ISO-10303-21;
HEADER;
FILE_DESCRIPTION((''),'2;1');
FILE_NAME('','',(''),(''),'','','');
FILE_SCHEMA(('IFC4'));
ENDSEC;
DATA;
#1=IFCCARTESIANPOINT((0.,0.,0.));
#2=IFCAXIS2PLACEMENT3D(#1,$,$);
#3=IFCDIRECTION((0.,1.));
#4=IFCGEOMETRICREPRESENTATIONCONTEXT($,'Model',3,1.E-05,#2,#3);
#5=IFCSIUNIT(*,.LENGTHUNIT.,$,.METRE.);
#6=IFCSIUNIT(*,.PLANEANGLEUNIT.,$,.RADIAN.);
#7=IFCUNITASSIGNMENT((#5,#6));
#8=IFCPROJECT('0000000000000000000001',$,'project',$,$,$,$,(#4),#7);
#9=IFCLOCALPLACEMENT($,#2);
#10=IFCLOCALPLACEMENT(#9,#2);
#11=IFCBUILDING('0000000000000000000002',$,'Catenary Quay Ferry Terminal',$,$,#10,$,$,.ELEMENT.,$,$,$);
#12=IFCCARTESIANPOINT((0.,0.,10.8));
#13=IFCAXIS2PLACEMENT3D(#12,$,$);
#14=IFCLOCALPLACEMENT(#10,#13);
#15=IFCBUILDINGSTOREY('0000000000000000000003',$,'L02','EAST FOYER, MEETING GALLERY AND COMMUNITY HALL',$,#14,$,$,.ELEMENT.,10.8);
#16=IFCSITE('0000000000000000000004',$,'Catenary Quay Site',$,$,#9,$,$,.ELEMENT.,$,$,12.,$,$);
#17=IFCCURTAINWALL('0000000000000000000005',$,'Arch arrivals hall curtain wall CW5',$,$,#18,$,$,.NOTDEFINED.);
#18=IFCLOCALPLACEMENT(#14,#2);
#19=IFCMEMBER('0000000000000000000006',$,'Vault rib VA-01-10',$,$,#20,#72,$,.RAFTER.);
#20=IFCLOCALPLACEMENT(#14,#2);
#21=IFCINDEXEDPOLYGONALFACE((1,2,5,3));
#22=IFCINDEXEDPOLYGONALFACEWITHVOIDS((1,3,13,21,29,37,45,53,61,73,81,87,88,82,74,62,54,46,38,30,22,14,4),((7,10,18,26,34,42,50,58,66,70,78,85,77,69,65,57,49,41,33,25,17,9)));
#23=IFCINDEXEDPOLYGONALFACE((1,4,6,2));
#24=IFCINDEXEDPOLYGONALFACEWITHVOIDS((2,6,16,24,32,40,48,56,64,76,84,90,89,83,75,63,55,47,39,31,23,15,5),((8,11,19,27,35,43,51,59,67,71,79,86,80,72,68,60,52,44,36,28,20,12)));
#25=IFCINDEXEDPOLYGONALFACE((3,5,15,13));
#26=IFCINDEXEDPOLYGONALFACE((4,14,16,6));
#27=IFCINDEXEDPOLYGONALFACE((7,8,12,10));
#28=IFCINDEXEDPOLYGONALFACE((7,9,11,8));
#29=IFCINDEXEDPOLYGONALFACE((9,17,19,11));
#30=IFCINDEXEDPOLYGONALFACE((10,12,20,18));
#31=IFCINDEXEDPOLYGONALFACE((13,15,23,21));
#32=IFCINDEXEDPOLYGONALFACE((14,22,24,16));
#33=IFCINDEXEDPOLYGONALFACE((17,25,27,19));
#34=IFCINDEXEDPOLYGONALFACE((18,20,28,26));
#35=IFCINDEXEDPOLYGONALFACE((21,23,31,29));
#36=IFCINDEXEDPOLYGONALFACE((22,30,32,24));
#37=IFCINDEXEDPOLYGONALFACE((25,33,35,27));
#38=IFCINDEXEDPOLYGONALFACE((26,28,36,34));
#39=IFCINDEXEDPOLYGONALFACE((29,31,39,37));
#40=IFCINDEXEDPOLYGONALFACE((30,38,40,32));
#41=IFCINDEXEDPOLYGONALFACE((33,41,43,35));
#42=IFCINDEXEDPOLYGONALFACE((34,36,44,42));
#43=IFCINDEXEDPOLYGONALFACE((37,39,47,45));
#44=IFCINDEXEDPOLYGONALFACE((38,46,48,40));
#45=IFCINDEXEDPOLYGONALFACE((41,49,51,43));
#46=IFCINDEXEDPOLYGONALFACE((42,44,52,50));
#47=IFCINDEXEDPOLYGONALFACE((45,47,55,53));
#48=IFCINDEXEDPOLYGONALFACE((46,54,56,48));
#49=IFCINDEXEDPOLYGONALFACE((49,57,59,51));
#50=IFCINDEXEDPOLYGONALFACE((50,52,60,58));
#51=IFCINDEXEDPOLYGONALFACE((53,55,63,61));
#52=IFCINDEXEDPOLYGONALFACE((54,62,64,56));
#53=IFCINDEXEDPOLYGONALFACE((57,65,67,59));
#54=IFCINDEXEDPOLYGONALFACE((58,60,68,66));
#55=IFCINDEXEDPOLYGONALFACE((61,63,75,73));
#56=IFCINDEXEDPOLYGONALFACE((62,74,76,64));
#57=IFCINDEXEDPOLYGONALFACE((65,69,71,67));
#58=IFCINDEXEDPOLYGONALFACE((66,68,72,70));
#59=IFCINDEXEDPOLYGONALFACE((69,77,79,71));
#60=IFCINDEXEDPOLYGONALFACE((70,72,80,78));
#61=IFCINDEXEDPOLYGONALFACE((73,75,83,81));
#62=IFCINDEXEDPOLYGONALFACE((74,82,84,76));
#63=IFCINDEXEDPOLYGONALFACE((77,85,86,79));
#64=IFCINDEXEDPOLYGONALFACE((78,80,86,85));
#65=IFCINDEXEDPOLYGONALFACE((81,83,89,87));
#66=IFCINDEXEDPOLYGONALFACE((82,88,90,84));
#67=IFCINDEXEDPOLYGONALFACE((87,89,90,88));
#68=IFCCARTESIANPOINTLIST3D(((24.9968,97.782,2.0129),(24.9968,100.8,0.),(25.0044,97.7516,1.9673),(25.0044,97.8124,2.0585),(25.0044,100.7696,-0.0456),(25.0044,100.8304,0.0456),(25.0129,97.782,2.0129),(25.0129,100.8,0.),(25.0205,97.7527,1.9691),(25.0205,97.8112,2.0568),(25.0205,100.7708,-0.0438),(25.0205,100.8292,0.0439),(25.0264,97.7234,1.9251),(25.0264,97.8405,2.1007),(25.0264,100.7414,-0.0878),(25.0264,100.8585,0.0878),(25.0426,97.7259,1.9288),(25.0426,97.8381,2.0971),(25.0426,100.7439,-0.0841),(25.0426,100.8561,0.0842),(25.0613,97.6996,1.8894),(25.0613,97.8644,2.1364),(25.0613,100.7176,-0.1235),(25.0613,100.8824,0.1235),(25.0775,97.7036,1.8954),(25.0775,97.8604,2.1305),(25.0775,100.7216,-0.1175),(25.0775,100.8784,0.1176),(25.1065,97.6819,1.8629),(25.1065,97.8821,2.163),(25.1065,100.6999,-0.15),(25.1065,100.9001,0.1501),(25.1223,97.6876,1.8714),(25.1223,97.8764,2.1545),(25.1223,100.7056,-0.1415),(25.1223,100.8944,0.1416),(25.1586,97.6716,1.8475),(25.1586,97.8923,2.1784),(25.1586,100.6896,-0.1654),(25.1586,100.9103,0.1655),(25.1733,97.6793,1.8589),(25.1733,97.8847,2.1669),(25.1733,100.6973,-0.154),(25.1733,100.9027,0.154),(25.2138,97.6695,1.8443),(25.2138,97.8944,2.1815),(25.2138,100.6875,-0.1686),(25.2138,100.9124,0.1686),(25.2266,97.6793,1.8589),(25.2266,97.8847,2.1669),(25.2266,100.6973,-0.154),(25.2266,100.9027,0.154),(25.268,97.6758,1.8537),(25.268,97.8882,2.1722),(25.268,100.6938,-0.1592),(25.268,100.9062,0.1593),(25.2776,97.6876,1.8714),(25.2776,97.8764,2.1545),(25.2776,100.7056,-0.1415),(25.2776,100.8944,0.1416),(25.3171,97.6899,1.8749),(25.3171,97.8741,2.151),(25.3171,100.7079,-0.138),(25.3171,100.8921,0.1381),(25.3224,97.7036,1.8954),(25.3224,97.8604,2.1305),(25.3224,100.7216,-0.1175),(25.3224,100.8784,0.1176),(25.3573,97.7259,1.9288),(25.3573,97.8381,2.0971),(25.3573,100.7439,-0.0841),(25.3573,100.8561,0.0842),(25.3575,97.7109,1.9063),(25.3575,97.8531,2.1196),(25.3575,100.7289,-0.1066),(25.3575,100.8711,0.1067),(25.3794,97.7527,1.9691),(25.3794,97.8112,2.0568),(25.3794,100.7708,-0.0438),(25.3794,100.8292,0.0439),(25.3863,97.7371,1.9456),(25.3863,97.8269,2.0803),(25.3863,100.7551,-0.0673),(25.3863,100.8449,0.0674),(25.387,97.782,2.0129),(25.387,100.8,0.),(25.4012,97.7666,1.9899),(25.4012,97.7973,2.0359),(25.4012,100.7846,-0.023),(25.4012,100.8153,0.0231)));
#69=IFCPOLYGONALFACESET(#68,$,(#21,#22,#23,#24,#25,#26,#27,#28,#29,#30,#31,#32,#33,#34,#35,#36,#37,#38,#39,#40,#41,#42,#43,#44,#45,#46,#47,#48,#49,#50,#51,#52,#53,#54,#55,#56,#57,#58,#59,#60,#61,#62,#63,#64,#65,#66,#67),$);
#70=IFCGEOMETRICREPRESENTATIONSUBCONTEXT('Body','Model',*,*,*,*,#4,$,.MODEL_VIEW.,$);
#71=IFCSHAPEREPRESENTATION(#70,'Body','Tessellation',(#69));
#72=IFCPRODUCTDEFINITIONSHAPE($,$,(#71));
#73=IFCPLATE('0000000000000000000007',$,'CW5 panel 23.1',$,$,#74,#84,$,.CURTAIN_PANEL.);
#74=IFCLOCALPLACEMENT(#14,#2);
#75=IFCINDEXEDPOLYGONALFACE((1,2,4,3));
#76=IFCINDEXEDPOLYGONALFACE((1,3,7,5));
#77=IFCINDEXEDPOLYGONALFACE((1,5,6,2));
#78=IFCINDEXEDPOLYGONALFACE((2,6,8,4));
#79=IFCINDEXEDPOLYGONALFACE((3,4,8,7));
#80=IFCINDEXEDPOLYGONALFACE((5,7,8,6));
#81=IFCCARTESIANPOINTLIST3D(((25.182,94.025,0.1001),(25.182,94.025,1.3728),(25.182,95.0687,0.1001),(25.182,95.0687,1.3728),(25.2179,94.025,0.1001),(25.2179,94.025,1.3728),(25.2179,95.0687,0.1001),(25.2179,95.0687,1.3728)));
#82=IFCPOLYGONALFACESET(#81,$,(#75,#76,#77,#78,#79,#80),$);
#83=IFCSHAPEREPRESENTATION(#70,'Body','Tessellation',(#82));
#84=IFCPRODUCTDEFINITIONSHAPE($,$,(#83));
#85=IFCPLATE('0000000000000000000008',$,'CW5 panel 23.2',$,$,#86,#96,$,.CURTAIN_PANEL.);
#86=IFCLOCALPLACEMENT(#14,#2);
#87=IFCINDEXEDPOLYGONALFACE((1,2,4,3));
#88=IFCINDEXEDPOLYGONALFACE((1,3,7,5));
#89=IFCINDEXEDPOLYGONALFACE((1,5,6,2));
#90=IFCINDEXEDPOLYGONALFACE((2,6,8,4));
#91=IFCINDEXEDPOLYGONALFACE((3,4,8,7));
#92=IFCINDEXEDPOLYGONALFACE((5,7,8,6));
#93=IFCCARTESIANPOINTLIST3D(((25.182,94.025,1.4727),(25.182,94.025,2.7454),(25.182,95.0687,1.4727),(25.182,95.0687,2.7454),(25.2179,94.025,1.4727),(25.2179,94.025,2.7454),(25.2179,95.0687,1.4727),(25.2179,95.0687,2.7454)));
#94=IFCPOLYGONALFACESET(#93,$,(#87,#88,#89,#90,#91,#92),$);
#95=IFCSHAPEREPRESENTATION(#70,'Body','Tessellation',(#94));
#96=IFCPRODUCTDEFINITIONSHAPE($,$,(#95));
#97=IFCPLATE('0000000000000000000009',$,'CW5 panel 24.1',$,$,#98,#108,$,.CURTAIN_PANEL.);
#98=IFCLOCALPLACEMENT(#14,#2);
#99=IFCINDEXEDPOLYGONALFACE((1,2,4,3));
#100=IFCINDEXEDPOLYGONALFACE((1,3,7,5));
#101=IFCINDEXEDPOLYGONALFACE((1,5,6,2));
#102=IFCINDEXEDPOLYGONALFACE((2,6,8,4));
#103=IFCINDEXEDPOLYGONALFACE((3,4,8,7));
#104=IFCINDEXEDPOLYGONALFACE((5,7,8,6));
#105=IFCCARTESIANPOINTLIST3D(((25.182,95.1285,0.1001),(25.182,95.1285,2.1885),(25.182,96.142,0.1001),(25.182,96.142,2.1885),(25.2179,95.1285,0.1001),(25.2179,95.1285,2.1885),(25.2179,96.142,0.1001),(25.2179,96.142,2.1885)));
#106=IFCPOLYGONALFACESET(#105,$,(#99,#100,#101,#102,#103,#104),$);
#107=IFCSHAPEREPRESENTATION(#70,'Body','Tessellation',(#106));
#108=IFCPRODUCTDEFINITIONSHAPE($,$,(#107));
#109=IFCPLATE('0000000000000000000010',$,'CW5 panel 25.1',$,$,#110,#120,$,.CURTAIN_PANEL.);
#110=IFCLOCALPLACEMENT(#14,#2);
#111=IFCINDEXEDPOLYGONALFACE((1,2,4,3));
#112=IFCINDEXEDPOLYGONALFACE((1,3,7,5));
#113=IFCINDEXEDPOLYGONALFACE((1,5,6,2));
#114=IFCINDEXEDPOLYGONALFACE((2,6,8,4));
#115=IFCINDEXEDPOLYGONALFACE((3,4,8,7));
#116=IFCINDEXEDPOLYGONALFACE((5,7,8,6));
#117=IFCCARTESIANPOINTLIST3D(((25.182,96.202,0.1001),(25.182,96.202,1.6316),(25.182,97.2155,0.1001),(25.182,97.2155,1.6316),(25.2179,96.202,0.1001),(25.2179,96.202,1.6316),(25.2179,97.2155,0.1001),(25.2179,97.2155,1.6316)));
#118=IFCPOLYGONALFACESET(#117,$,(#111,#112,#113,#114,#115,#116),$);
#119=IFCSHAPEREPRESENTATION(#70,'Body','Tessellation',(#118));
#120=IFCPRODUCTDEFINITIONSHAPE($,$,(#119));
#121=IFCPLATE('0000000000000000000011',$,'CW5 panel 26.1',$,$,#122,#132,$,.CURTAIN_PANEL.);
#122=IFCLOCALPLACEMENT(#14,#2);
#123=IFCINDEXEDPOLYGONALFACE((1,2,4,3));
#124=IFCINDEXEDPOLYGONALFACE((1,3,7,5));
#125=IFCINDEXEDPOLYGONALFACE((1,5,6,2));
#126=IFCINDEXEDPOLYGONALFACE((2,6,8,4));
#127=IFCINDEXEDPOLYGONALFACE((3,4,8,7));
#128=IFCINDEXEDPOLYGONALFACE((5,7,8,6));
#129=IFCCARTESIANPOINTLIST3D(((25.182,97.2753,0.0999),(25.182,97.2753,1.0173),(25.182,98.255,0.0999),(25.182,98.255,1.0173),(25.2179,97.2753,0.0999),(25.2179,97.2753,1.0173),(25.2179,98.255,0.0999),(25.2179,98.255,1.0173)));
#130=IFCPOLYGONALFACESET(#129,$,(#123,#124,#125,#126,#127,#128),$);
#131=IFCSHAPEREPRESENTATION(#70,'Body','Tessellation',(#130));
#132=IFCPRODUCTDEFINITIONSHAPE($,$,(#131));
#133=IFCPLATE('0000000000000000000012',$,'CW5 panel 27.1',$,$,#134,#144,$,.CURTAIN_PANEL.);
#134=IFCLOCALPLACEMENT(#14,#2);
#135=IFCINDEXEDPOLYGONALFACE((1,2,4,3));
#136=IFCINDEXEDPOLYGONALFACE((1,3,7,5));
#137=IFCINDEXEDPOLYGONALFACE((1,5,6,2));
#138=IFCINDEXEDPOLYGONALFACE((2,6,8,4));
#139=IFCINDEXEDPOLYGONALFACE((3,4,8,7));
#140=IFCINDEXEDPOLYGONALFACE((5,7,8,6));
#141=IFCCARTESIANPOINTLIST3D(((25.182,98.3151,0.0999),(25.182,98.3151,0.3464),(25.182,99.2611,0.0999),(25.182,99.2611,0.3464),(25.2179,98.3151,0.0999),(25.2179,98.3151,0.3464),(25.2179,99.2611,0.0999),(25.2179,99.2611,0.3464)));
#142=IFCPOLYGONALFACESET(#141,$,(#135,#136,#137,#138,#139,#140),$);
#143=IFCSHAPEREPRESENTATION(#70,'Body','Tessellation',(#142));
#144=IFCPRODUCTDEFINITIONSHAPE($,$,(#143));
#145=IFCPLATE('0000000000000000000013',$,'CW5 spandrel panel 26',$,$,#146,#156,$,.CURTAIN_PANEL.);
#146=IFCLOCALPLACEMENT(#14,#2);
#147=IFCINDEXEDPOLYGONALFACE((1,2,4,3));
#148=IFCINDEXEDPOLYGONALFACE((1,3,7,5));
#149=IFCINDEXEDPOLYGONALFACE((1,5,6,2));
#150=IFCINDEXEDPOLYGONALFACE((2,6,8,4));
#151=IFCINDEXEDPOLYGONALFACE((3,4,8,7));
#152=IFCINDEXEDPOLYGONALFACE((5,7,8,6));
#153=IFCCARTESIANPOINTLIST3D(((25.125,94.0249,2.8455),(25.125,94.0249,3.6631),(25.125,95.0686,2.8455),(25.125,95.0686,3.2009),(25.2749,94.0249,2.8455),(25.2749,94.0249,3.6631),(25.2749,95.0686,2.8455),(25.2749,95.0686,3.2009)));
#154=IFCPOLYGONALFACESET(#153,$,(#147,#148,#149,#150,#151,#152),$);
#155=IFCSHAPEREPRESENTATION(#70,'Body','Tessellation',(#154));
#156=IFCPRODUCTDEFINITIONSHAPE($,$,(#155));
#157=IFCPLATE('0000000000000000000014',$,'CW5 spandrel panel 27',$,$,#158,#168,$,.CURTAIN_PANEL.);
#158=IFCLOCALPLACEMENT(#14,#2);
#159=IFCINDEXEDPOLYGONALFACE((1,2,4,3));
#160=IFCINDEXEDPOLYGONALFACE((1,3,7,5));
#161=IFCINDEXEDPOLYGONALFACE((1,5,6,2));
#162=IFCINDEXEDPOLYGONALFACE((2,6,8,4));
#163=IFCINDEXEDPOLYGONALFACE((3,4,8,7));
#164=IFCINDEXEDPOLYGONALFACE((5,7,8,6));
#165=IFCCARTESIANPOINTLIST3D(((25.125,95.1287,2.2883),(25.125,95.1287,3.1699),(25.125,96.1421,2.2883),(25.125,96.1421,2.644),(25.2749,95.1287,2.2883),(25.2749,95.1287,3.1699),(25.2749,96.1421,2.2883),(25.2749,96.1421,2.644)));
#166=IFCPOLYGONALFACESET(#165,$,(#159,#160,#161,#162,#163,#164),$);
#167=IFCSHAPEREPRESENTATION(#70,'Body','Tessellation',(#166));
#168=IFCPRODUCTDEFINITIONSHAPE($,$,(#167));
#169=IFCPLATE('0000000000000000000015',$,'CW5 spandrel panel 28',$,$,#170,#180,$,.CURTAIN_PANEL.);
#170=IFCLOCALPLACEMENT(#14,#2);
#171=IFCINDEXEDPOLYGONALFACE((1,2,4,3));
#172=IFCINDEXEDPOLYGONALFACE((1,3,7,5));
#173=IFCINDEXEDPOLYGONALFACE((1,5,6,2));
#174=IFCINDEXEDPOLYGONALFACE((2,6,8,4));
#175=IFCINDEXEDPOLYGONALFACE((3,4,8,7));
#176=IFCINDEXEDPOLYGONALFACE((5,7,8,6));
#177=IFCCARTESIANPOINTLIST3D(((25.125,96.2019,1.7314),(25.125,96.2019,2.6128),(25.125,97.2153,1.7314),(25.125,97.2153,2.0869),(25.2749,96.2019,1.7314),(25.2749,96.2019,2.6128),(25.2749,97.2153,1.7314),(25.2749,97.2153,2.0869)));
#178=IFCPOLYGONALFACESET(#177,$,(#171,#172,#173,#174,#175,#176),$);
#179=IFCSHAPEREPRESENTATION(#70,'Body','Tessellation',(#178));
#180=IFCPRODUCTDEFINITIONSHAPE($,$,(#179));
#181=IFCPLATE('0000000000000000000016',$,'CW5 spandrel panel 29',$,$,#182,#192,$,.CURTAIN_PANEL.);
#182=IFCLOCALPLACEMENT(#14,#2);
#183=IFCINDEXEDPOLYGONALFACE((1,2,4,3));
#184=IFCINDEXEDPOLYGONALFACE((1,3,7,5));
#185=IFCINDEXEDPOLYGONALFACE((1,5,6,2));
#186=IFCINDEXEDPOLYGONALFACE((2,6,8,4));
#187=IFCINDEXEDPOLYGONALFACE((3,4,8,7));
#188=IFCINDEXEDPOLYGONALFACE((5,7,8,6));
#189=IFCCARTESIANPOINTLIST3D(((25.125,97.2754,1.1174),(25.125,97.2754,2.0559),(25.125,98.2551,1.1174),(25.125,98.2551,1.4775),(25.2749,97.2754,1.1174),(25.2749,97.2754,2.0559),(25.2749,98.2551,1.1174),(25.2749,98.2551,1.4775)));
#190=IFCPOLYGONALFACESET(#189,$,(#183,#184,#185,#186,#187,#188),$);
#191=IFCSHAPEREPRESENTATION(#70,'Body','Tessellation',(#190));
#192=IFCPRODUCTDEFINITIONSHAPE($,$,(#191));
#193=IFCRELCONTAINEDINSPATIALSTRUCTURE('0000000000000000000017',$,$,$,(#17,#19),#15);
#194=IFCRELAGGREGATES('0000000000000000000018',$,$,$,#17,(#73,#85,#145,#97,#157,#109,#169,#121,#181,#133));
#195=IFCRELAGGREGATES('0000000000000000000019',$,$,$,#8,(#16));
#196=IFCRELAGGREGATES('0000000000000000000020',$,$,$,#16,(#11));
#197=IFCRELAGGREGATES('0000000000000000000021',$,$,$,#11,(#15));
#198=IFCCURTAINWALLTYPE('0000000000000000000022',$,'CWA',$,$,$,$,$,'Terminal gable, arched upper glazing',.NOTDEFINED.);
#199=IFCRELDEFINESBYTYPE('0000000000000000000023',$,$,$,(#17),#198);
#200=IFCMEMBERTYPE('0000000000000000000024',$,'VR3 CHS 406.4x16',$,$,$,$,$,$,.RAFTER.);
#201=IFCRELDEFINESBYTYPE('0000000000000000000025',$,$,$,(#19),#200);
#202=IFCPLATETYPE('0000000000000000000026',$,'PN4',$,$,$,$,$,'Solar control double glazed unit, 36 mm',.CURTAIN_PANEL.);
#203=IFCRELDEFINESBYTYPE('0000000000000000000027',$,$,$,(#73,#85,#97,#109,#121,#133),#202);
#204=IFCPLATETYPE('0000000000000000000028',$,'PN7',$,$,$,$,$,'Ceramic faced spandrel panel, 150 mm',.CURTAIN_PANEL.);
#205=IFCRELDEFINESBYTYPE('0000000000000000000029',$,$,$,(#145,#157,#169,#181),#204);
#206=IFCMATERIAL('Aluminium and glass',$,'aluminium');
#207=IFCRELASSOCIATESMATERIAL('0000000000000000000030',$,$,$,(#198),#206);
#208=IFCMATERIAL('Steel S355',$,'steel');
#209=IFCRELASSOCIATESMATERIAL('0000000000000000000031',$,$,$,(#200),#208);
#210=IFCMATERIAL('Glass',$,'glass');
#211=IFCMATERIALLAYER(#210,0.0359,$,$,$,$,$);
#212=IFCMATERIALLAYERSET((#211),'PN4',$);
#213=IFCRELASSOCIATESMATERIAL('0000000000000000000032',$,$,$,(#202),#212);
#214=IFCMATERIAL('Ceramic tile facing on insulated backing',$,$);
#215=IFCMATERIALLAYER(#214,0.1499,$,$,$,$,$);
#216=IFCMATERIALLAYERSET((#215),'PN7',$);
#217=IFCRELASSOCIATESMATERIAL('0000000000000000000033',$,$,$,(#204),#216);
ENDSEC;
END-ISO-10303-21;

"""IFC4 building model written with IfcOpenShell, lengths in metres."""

from ifc_helpers import new_model, si_unit, direction, frame, origin, origin_2d, place, context, subcontext, project, spatial, polyline, rectangle, hollow_circle, outline, extrude, material, layer, layer_set, material_profile, profile_set, type_object, element, aggregate, save


model = new_model("IFC4")

# Units and contexts
model_context = context("Model", 3, precision=1e-05, world=origin(), true_north=direction((0.0, 1.0)))
body_context = subcontext(model_context, "Body", "Model", "MODEL_VIEW")
ifc_project = project(units=[si_unit("LENGTHUNIT", "METRE"), si_unit("PLANEANGLEUNIT", "RADIAN")], contexts=[model_context])

# Site, building, storey
site_placement = place(None, origin())
site = spatial("IfcSite", under=ifc_project, at=site_placement, Name="Catenary Quay Site", CompositionType="ELEMENT", RefElevation=12.0)
building_placement = place(site_placement, origin())
building = spatial("IfcBuilding", under=site, at=building_placement, Name="Catenary Quay Ferry Terminal", CompositionType="ELEMENT")
storey_placement = place(building_placement, frame((0.0, 0.0, 10.8)))
storey = spatial("IfcBuildingStorey", under=building, at=storey_placement, Name="L02", Description="EAST FOYER, MEETING GALLERY AND COMMUNITY HALL", CompositionType="ELEMENT", Elevation=10.8)

# Curtain wall
ifc_material_1 = material(Name="Aluminium and glass", Category="aluminium")
curtain_wall_type = type_object("IfcCurtainWallType", Name="CWA", ElementType="Terminal gable, arched upper glazing", PredefinedType="NOTDEFINED", material=ifc_material_1)
curtain_wall_placement = place(storey_placement, origin())
curtain_wall = element("IfcCurtainWall", 1, at=curtain_wall_placement, inside=storey, type_object=curtain_wall_type, Name="Arch arrivals hall curtain wall CW5", PredefinedType="NOTDEFINED")

# Member
ifc_material_2 = material(Name="Steel S355", Category="steel")
ifc_material_profile_1 = material_profile(ifc_material_2, hollow_circle(Radius=0.2031, WallThickness=0.0161, at=origin_2d()), Name="CHS 406.4x16")
ifc_profile_set_1 = profile_set([ifc_material_profile_1], Name="Steel S355")
member_type_1 = type_object("IfcMemberType", Name="VR3 CHS 406.4x16", PredefinedType="RAFTER", material=ifc_profile_set_1)
for number, where, z_axis, x_axis, name in (
    (2, (25.2, 97.782, 2.0129), (0.0, 0.831936, -0.554871), (-1.0, 0.0, 0.0), "Vault rib VA-01-10"),
):
    element("IfcMember", number, at=place(storey_placement, frame(where, z_axis=z_axis, x_axis=x_axis)), inside=storey, type_object=member_type_1, Name=name, PredefinedType="RAFTER", context=body_context, shape_type="SweptSolid", body=[
        extrude(hollow_circle(Radius=0.2031, WallThickness=0.0161, at=origin_2d()), origin(), (0.0, 0.0, 1.0), 3.6277),
    ])

# Plates
ifc_material_3 = material(Name="Glass", Category="glass")
ifc_layer_1 = layer(ifc_material_3, 0.0359)
ifc_layer_set_1 = layer_set([ifc_layer_1], Name="PN4")
plate_type_1 = type_object("IfcPlateType", Name="PN4", ElementType="Solar control double glazed unit, 36 mm", PredefinedType="CURTAIN_PANEL", material=ifc_layer_set_1)
plate_1_placement = place(storey_placement, frame((25.2, 94.5469, 0.1001), z_axis=(0.0, 0.0, 1.0), x_axis=(0.0, 1.0, 0.0)))
plate_1 = element("IfcPlate", 3, at=plate_1_placement, type_object=plate_type_1, Name="CW5 panel 23.1", PredefinedType="CURTAIN_PANEL", context=body_context, shape_type="SweptSolid", body=[
    extrude(rectangle(XDim=1.0437, YDim=0.0359, at=origin_2d()), origin(), (0.0, 0.0, 1.0), 1.2727),
])
plate_2_placement = place(storey_placement, frame((25.2, 94.5469, 1.4727), z_axis=(0.0, 0.0, 1.0), x_axis=(0.0, 1.0, 0.0)))
plate_2 = element("IfcPlate", 4, at=plate_2_placement, type_object=plate_type_1, Name="CW5 panel 23.2", PredefinedType="CURTAIN_PANEL", context=body_context, shape_type="SweptSolid", body=[
    extrude(rectangle(XDim=1.0437, YDim=0.0359, at=origin_2d()), origin(), (0.0, 0.0, 1.0), 1.2727),
])
plate_3_placement = place(storey_placement, frame((25.2, 95.6353, 0.1001), z_axis=(0.0, 0.0, 1.0), x_axis=(0.0, 1.0, 0.0)))
plate_3 = element("IfcPlate", 5, at=plate_3_placement, type_object=plate_type_1, Name="CW5 panel 24.1", PredefinedType="CURTAIN_PANEL", context=body_context, shape_type="SweptSolid", body=[
    extrude(rectangle(XDim=1.0134, YDim=0.0359, at=origin_2d()), origin(), (0.0, 0.0, 1.0), 2.0884),
])
plate_4_placement = place(storey_placement, frame((25.2, 96.7087, 0.1001), z_axis=(0.0, 0.0, 1.0), x_axis=(0.0, 1.0, 0.0)))
plate_4 = element("IfcPlate", 6, at=plate_4_placement, type_object=plate_type_1, Name="CW5 panel 25.1", PredefinedType="CURTAIN_PANEL", context=body_context, shape_type="SweptSolid", body=[
    extrude(rectangle(XDim=1.0134, YDim=0.0359, at=origin_2d()), origin(), (0.0, 0.0, 1.0), 1.5315),
])
plate_5_placement = place(storey_placement, frame((25.2, 97.7651, 0.0999), z_axis=(0.0, 0.0, 1.0), x_axis=(0.0, 1.0, 0.0)))
plate_5 = element("IfcPlate", 7, at=plate_5_placement, type_object=plate_type_1, Name="CW5 panel 26.1", PredefinedType="CURTAIN_PANEL", context=body_context, shape_type="SweptSolid", body=[
    extrude(rectangle(XDim=0.9797, YDim=0.0359, at=origin_2d()), origin(), (0.0, 0.0, 1.0), 0.9175),
])
plate_6_placement = place(storey_placement, frame((25.2, 98.7881, 0.0999), z_axis=(0.0, 0.0, 1.0), x_axis=(0.0, 1.0, 0.0)))
plate_6 = element("IfcPlate", 8, at=plate_6_placement, type_object=plate_type_1, Name="CW5 panel 27.1", PredefinedType="CURTAIN_PANEL", context=body_context, shape_type="SweptSolid", body=[
    extrude(rectangle(XDim=0.946, YDim=0.0359, at=origin_2d()), origin(), (0.0, 0.0, 1.0), 0.2466),
])
ifc_material_4 = material(Name="Ceramic tile facing on insulated backing")
ifc_layer_2 = layer(ifc_material_4, 0.1499)
ifc_layer_set_2 = layer_set([ifc_layer_2], Name="PN7")
plate_type_2 = type_object("IfcPlateType", Name="PN7", ElementType="Ceramic faced spandrel panel, 150 mm", PredefinedType="CURTAIN_PANEL", material=ifc_layer_set_2)
plate_7_placement = place(storey_placement, frame((25.2, 94.0249, 2.8455), z_axis=(0.0, 0.0, 1.0), x_axis=(0.0, 1.0, 0.0)))
plate_7 = element("IfcPlate", 9, at=plate_7_placement, type_object=plate_type_2, Name="CW5 spandrel panel 26", PredefinedType="CURTAIN_PANEL", context=body_context, shape_type="SweptSolid", body=[
    extrude(outline(polyline([(0.0, 0.0), (1.0437, 0.0), (1.0437, 0.3555), (0.0, 0.8176), (0.0, 0.0)])), frame((0.0, 0.075, 0.0), z_axis=(0.0, -1.0, 0.0), x_axis=(1.0, 0.0, 0.0)), (0.0, 0.0, 1.0), 0.1499),
])
plate_8_placement = place(storey_placement, frame((25.2, 95.1287, 2.2883), z_axis=(0.0, 0.0, 1.0), x_axis=(0.0, 1.0, 0.0)))
plate_8 = element("IfcPlate", 10, at=plate_8_placement, type_object=plate_type_2, Name="CW5 spandrel panel 27", PredefinedType="CURTAIN_PANEL", context=body_context, shape_type="SweptSolid", body=[
    extrude(outline(polyline([(0.0, 0.0), (1.0134, 0.0), (1.0134, 0.3557), (0.0, 0.8816), (0.0, 0.0)])), frame((0.0, 0.075, 0.0), z_axis=(0.0, -1.0, 0.0), x_axis=(1.0, 0.0, 0.0)), (0.0, 0.0, 1.0), 0.1499),
])
plate_9_placement = place(storey_placement, frame((25.2, 96.2019, 1.7314), z_axis=(0.0, 0.0, 1.0), x_axis=(0.0, 1.0, 0.0)))
plate_9 = element("IfcPlate", 11, at=plate_9_placement, type_object=plate_type_2, Name="CW5 spandrel panel 28", PredefinedType="CURTAIN_PANEL", context=body_context, shape_type="SweptSolid", body=[
    extrude(outline(polyline([(0.0, 0.0), (1.0134, 0.0), (1.0134, 0.3555), (0.0, 0.8813), (0.0, 0.0)])), frame((0.0, 0.075, 0.0), z_axis=(0.0, -1.0, 0.0), x_axis=(1.0, 0.0, 0.0)), (0.0, 0.0, 1.0), 0.1499),
])
plate_10_placement = place(storey_placement, frame((25.2, 97.2754, 1.1174), z_axis=(0.0, 0.0, 1.0), x_axis=(0.0, 1.0, 0.0)))
plate_10 = element("IfcPlate", 12, at=plate_10_placement, type_object=plate_type_2, Name="CW5 spandrel panel 29", PredefinedType="CURTAIN_PANEL", context=body_context, shape_type="SweptSolid", body=[
    extrude(outline(polyline([(0.0, 0.0), (0.9797, 0.0), (0.9797, 0.3601), (0.0, 0.9385), (0.0, 0.0)])), frame((0.0, 0.075, 0.0), z_axis=(0.0, -1.0, 0.0), x_axis=(1.0, 0.0, 0.0)), (0.0, 0.0, 1.0), 0.1499),
])
aggregate(curtain_wall, [plate_1, plate_2, plate_7, plate_3, plate_8, plate_4, plate_9, plate_5, plate_10, plate_6])

save(model, "model.ifc")
